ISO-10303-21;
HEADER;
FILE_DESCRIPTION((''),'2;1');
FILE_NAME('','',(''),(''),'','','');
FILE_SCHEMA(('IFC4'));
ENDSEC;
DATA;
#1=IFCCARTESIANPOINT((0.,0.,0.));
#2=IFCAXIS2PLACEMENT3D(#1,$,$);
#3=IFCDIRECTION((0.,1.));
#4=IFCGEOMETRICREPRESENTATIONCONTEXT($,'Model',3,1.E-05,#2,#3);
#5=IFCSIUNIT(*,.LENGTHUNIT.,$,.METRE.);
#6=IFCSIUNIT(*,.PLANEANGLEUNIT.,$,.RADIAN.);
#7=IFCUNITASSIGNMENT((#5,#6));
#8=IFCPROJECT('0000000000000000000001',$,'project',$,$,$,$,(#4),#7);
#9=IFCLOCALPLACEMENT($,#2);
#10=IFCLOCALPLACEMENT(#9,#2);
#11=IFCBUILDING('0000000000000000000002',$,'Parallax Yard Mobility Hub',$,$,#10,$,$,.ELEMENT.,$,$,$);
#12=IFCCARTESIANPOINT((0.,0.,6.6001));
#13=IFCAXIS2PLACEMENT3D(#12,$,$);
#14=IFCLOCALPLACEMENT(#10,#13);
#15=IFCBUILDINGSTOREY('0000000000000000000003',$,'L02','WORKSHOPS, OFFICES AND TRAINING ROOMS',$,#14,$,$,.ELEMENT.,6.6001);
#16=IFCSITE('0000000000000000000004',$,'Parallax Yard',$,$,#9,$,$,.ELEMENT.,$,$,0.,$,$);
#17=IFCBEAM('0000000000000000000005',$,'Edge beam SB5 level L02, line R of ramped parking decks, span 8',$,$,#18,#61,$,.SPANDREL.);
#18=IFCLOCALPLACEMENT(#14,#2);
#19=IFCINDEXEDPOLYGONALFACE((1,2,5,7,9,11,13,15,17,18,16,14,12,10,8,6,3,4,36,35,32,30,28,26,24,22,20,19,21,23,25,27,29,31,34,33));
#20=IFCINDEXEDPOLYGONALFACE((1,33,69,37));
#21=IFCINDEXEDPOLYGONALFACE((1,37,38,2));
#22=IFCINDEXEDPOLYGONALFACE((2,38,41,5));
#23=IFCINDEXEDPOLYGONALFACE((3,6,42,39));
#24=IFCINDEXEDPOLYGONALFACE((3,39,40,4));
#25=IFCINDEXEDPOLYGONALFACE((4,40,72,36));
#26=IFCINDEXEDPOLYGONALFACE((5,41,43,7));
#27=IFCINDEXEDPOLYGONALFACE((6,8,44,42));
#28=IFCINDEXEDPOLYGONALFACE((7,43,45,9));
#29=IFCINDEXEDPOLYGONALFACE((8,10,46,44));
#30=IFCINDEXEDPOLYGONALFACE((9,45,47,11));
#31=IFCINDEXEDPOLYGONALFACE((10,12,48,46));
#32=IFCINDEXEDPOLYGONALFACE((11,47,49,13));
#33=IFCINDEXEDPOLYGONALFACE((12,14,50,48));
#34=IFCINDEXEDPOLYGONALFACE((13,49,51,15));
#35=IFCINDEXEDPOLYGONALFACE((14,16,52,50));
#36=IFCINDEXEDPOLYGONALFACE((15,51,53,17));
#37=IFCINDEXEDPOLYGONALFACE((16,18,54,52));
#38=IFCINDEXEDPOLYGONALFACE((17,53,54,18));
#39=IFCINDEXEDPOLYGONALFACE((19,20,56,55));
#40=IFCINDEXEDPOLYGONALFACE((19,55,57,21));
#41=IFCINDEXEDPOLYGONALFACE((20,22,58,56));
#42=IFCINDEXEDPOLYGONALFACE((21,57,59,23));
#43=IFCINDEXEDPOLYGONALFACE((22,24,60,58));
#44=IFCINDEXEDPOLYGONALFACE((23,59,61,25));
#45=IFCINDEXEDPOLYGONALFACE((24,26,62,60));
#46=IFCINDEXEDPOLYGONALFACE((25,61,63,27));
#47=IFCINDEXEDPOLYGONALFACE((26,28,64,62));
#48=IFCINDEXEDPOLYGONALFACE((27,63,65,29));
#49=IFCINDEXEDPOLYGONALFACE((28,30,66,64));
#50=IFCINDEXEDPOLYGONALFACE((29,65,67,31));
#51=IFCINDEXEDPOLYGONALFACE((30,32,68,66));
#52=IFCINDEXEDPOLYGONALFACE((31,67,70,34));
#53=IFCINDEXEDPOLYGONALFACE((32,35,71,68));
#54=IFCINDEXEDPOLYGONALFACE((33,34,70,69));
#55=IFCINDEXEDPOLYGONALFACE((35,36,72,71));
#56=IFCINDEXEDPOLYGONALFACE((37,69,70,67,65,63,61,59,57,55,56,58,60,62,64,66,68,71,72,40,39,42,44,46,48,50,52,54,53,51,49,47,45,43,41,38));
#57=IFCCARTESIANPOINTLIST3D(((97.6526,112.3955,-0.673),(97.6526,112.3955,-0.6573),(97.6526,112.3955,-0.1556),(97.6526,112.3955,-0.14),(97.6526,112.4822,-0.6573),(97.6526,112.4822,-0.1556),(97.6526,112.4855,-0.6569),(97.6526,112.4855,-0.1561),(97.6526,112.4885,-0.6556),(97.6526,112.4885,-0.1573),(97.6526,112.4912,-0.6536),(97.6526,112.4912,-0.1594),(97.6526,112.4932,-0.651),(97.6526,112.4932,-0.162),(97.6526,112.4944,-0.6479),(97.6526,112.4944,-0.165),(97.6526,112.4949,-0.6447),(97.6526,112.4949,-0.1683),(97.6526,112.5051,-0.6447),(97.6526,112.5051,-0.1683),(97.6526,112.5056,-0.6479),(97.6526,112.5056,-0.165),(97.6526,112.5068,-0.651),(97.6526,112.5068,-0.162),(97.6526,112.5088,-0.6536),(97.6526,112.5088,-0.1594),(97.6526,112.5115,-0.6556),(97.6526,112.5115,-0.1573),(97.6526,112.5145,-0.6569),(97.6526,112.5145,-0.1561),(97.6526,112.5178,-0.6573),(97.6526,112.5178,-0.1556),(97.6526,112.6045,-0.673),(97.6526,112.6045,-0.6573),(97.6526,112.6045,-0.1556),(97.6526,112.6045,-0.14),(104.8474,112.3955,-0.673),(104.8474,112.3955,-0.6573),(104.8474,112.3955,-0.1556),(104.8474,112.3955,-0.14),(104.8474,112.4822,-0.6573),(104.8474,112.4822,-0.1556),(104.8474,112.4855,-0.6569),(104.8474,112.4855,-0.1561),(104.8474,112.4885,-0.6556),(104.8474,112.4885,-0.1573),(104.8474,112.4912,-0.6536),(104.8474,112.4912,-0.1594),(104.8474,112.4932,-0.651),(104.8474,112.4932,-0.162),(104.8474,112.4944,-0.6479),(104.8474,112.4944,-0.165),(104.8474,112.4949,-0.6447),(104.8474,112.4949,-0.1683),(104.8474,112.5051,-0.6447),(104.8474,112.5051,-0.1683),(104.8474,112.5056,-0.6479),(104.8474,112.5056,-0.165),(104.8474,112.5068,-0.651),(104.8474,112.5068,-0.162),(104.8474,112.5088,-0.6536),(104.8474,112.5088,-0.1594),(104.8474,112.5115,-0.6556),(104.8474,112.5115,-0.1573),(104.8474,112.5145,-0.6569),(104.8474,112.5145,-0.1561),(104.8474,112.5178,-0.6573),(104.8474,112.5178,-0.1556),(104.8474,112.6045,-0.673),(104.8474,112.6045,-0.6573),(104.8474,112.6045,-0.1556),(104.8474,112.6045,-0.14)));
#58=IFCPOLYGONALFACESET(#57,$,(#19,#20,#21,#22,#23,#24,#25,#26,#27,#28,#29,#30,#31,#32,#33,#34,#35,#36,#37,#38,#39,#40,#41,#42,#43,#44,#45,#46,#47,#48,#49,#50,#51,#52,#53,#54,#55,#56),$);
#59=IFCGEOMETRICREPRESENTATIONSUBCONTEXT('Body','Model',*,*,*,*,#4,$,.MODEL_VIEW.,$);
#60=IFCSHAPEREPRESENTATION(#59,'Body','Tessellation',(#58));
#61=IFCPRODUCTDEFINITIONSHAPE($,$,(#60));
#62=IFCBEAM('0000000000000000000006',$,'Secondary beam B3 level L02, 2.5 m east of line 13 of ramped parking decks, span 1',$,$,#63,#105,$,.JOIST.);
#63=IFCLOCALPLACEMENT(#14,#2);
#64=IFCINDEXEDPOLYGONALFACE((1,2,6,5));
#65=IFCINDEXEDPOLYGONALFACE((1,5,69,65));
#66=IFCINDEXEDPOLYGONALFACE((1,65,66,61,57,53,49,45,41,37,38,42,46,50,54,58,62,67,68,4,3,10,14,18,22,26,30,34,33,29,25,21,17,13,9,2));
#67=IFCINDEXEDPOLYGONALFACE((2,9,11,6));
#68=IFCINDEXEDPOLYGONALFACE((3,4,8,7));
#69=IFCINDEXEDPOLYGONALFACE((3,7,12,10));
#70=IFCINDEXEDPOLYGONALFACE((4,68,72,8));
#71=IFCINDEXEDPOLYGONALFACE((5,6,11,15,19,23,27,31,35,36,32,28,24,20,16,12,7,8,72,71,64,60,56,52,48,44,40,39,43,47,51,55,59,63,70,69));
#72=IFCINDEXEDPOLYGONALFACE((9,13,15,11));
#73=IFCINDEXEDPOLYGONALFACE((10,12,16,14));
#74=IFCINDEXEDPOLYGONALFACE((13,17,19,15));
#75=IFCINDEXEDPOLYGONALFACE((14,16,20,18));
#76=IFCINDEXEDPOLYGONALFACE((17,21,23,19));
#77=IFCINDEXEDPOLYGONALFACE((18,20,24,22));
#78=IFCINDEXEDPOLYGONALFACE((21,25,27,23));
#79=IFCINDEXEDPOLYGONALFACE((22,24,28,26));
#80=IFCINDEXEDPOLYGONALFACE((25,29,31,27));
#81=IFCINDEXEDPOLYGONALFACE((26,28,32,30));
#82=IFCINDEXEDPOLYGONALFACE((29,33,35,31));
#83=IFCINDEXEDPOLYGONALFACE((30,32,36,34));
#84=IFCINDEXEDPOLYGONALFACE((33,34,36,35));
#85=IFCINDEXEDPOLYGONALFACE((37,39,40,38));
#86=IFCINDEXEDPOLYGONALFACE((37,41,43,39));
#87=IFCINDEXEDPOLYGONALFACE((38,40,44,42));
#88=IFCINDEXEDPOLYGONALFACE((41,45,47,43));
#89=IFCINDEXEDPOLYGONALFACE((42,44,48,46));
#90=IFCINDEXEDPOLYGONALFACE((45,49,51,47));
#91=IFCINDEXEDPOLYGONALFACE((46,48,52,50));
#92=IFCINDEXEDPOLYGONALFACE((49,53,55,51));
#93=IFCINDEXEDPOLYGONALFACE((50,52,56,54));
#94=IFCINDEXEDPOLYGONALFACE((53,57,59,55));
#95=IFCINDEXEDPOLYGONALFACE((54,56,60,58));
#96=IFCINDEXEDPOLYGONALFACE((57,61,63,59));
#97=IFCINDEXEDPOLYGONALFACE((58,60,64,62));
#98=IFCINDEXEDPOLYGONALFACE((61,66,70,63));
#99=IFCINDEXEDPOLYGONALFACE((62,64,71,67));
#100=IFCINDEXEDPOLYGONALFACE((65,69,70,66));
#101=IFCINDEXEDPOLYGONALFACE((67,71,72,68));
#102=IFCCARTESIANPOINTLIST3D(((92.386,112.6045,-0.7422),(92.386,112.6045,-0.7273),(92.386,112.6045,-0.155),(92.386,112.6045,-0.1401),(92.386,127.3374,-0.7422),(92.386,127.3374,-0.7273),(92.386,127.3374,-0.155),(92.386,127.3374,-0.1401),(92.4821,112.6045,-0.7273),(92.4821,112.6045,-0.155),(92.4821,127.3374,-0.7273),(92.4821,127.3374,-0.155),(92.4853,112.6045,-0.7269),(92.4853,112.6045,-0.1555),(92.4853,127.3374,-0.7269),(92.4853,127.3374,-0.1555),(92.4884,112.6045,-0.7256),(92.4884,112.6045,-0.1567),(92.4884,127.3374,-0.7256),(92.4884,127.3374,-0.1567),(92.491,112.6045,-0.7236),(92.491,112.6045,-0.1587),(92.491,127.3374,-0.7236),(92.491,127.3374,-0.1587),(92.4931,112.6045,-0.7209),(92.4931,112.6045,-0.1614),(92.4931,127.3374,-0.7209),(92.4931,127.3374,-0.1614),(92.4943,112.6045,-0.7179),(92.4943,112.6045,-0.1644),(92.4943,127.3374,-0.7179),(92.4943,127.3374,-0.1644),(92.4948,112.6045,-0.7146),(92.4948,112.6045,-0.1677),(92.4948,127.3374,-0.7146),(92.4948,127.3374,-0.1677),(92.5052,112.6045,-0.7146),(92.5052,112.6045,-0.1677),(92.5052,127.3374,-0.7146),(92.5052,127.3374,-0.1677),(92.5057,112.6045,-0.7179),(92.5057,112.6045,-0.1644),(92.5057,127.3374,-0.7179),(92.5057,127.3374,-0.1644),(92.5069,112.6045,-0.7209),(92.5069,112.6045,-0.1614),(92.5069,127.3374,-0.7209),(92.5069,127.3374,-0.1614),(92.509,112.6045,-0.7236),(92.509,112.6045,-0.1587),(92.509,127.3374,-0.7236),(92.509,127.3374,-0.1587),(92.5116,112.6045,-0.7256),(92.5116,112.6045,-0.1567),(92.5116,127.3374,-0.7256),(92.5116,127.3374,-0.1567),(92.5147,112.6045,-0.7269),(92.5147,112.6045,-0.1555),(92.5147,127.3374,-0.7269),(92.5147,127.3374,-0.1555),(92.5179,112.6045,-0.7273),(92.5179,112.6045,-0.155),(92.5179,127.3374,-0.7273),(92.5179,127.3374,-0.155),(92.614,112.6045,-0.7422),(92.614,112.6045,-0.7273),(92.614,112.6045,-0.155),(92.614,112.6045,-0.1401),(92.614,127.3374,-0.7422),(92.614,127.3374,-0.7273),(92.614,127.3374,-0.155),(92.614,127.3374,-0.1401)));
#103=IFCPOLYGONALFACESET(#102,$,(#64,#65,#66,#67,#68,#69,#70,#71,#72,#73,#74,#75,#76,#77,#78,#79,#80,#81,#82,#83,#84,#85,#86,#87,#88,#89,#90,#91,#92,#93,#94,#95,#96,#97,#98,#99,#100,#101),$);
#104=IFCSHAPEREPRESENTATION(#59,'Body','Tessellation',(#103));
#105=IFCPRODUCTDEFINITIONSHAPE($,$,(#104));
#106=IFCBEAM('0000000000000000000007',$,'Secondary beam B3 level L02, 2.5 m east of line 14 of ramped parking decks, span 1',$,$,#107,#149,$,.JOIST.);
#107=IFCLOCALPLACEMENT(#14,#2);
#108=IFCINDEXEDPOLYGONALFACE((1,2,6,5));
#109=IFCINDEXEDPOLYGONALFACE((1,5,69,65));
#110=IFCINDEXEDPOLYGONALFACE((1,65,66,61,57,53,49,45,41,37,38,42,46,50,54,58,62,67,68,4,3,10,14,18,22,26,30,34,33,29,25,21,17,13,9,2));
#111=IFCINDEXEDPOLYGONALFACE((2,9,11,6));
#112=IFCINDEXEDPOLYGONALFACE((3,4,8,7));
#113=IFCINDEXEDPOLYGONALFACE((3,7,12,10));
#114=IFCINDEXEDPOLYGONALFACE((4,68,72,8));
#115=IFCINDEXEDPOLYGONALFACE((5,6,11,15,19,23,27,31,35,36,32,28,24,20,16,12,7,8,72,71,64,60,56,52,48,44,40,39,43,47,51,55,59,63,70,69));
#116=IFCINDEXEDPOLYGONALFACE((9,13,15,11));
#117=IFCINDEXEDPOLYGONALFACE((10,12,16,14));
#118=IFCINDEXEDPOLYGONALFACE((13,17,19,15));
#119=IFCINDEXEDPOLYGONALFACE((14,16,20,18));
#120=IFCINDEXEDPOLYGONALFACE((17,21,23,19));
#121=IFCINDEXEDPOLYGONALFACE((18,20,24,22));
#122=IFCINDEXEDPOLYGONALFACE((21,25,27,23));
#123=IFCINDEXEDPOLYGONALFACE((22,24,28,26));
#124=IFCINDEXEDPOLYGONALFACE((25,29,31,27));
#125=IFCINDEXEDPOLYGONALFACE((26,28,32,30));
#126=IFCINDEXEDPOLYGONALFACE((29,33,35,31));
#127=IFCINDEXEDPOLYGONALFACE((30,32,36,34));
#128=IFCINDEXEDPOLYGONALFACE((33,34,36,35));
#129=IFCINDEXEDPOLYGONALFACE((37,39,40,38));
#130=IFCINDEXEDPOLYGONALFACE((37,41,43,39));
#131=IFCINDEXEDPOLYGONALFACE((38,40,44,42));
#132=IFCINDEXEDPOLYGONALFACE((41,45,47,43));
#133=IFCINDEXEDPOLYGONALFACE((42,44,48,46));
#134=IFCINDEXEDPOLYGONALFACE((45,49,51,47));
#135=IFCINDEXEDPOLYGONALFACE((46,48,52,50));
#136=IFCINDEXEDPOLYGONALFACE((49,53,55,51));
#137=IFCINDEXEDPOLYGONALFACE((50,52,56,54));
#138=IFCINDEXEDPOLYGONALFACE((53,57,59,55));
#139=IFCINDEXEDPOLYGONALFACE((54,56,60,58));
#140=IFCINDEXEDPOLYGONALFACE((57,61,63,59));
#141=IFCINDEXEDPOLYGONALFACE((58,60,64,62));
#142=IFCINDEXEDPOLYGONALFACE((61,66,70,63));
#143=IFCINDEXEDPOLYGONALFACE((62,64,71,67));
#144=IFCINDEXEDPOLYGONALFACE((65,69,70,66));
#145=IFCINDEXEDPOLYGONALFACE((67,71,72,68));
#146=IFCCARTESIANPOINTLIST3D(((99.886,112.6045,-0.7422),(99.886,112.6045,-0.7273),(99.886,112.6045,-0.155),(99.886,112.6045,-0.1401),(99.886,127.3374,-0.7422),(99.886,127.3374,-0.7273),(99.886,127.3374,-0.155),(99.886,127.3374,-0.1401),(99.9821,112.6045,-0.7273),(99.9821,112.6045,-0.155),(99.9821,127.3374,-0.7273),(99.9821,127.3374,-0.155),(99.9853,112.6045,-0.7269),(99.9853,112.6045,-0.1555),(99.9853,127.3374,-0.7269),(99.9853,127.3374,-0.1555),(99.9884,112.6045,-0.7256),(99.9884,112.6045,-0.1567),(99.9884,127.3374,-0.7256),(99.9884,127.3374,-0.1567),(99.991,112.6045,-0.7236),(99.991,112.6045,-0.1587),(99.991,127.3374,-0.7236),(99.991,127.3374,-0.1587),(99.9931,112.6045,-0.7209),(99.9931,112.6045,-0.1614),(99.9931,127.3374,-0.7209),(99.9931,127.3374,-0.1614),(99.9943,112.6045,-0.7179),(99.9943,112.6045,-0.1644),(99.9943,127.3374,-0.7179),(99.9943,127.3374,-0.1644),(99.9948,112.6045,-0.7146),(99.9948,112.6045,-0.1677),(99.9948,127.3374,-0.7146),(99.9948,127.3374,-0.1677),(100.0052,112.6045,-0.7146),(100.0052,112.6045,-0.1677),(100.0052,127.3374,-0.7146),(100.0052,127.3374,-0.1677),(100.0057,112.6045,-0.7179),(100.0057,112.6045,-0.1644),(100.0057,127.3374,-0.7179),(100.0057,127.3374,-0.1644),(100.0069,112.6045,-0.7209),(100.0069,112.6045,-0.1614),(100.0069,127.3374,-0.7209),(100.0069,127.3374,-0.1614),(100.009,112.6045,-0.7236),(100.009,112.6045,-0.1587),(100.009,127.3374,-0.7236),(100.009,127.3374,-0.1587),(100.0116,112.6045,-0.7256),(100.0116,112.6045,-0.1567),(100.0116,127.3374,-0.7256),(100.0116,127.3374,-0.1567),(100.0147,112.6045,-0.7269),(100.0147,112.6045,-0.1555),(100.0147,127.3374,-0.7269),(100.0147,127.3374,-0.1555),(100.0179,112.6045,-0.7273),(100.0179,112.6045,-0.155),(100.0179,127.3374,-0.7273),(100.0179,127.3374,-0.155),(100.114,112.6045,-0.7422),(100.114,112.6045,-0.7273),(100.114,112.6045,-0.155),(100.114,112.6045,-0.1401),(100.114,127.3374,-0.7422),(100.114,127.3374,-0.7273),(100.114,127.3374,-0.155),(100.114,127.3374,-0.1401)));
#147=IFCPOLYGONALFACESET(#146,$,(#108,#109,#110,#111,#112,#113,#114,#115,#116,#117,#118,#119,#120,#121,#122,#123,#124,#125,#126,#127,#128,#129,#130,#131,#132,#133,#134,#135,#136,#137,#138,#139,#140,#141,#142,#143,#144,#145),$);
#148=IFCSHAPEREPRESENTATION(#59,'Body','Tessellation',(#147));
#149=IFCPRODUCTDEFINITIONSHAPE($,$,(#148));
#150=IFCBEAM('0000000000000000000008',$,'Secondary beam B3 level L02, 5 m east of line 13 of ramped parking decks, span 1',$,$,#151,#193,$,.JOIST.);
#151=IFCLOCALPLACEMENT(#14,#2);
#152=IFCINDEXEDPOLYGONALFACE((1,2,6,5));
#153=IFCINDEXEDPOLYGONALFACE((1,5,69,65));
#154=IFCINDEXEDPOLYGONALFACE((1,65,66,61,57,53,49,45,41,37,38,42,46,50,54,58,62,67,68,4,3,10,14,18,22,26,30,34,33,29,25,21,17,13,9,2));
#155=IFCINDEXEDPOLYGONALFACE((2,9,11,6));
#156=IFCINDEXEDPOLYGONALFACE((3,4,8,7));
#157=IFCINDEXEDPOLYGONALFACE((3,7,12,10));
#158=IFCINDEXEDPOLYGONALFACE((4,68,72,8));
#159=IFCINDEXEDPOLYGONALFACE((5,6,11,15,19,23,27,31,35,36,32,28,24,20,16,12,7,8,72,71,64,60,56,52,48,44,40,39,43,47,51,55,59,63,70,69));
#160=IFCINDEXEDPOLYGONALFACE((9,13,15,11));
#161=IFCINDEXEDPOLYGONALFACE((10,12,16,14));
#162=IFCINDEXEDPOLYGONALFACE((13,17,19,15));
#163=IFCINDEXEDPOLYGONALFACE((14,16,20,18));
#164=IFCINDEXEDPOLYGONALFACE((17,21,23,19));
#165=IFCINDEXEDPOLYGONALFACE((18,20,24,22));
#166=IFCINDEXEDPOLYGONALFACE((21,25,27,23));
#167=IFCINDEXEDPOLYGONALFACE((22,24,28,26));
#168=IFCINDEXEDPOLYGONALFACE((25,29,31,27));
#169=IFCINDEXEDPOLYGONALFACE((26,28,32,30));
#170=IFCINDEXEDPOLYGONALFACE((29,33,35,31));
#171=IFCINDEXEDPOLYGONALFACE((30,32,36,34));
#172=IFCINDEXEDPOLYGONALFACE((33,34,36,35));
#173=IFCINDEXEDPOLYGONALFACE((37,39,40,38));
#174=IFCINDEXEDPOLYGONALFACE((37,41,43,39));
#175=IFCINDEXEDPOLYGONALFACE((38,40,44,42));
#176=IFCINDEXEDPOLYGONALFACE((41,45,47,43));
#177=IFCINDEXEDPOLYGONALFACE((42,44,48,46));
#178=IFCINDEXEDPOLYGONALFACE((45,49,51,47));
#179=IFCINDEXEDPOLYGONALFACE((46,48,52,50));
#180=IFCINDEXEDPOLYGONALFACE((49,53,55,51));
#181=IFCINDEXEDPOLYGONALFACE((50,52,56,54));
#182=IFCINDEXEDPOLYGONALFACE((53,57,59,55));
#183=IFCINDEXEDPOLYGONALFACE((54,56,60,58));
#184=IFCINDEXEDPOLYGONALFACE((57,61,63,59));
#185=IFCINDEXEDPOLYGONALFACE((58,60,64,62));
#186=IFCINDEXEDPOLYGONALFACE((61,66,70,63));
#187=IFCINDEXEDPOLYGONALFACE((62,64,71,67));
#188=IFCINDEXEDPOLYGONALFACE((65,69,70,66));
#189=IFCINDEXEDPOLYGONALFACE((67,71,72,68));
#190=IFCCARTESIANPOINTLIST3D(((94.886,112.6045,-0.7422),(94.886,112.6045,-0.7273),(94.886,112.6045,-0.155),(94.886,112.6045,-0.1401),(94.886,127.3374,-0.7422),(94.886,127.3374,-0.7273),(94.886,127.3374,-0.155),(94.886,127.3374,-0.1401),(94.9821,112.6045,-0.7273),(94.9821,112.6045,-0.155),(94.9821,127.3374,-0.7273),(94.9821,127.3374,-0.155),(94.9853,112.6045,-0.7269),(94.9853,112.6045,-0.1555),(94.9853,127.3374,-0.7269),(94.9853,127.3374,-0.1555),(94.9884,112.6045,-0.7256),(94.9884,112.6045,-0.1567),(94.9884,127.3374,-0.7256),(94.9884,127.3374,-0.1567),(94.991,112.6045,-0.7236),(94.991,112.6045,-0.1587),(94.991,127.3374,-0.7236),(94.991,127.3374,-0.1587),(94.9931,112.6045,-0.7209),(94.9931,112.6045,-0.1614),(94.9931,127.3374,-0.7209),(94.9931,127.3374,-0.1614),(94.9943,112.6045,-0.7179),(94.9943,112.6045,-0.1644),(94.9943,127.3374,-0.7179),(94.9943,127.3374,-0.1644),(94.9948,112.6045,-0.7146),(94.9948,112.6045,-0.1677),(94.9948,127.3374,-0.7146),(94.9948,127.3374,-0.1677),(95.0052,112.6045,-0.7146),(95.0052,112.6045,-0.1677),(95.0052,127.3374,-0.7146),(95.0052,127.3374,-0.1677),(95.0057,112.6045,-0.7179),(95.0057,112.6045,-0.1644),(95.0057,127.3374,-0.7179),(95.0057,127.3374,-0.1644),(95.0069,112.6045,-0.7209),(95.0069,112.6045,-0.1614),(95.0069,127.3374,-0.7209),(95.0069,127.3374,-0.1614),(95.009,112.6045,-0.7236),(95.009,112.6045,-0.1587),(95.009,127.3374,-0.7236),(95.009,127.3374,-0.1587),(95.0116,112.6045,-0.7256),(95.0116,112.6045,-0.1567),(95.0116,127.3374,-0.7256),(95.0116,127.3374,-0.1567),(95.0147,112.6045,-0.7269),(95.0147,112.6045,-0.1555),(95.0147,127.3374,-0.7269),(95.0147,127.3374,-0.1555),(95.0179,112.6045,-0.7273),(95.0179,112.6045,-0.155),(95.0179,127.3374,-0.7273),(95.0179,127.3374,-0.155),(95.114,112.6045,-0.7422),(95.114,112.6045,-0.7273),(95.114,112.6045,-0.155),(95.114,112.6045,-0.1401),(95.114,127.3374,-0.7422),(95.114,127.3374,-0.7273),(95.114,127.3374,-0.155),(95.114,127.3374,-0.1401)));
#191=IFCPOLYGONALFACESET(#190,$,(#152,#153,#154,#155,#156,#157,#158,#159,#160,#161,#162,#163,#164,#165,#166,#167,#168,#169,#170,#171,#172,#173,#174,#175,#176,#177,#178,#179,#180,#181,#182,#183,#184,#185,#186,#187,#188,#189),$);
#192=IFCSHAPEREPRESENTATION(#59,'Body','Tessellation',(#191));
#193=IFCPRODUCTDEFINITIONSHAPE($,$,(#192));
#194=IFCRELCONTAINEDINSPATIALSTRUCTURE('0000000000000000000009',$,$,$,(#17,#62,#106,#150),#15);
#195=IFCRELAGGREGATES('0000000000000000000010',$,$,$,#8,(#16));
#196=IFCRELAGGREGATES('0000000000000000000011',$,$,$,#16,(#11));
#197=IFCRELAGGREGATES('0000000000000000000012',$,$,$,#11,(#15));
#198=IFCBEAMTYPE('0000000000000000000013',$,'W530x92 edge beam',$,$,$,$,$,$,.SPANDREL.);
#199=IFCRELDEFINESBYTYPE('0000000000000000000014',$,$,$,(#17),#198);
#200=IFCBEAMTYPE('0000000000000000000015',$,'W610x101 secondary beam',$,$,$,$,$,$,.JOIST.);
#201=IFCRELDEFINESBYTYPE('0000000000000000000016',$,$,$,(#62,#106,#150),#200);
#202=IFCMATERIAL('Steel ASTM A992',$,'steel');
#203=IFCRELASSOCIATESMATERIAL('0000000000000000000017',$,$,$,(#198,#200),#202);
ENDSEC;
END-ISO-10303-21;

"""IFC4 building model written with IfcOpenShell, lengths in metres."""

from ifc_helpers import new_model, si_unit, direction, frame, origin, origin_2d, place, context, subcontext, project, spatial, i_section, extrude, material, material_profile, profile_set, type_object, element, save


model = new_model("IFC4")

# Units and contexts
model_context = context("Model", 3, precision=1e-05, world=origin(), true_north=direction((0.0, 1.0)))
body_context = subcontext(model_context, "Body", "Model", "MODEL_VIEW")
ifc_project = project(units=[si_unit("LENGTHUNIT", "METRE"), si_unit("PLANEANGLEUNIT", "RADIAN")], contexts=[model_context])

# Site, building, storey
site_placement = place(None, origin())
site = spatial("IfcSite", under=ifc_project, at=site_placement, Name="Parallax Yard", CompositionType="ELEMENT", RefElevation=0.0)
building_placement = place(site_placement, origin())
building = spatial("IfcBuilding", under=site, at=building_placement, Name="Parallax Yard Mobility Hub", CompositionType="ELEMENT")
storey_placement = place(building_placement, frame((0.0, 0.0, 6.6001)))
storey = spatial("IfcBuildingStorey", under=building, at=storey_placement, Name="L02", Description="WORKSHOPS, OFFICES AND TRAINING ROOMS", CompositionType="ELEMENT", Elevation=6.6001)

# Shared definitions
ifc_material_1 = material(Name="Steel ASTM A992", Category="steel")

# Beams
ifc_material_profile_1 = material_profile(ifc_material_1, i_section(OverallWidth=0.209, OverallDepth=0.533, WebThickness=0.0103, FlangeThickness=0.0156, FilletRadius=0.0127, at=origin_2d()), Name="W530x92")
ifc_profile_set_1 = profile_set([ifc_material_profile_1], Name="Steel ASTM A992")
beam_type_1 = type_object("IfcBeamType", Name="W530x92 edge beam", PredefinedType="SPANDREL", material=ifc_profile_set_1)
beam_1_placement = place(storey_placement, frame((97.6526, 112.5, -0.4065), z_axis=(1.0, 0.0, 0.0), x_axis=(0.0, 1.0, 0.0)))
element("IfcBeam", 1, at=beam_1_placement, inside=storey, type_object=beam_type_1, Name="Edge beam SB5 level L02, line R of ramped parking decks, span 8", PredefinedType="SPANDREL", context=body_context, shape_type="SweptSolid", body=[
    extrude(i_section(OverallWidth=0.209, OverallDepth=0.533, WebThickness=0.0103, FlangeThickness=0.0156, FilletRadius=0.0127, at=origin_2d()), origin(), (0.0, 0.0, 1.0), 7.1948),
])
ifc_material_profile_2 = material_profile(ifc_material_1, i_section(OverallWidth=0.228, OverallDepth=0.6021, WebThickness=0.0105, FlangeThickness=0.0149, FilletRadius=0.0127, at=origin_2d()), Name="W610x101")
ifc_profile_set_2 = profile_set([ifc_material_profile_2], Name="Steel ASTM A992")
beam_type_2 = type_object("IfcBeamType", Name="W610x101 secondary beam", PredefinedType="JOIST", material=ifc_profile_set_2)
for number, where, z_axis, x_axis, name in (
    (2, (92.5, 112.6045, -0.4412), (0.0, 1.0, 0.0), (-1.0, 0.0, 0.0), "Secondary beam B3 level L02, 2.5 m east of line 13 of ramped parking decks, span 1"),
    (3, (100.0, 112.6045, -0.4412), (0.0, 1.0, 0.0), (-1.0, 0.0, 0.0), "Secondary beam B3 level L02, 2.5 m east of line 14 of ramped parking decks, span 1"),
    (4, (95.0, 112.6045, -0.4412), (0.0, 1.0, 0.0), (-1.0, 0.0, 0.0), "Secondary beam B3 level L02, 5 m east of line 13 of ramped parking decks, span 1"),
):
    element("IfcBeam", number, at=place(storey_placement, frame(where, z_axis=z_axis, x_axis=x_axis)), inside=storey, type_object=beam_type_2, Name=name, PredefinedType="JOIST", context=body_context, shape_type="SweptSolid", body=[
        extrude(i_section(OverallWidth=0.228, OverallDepth=0.6021, WebThickness=0.0105, FlangeThickness=0.0149, FilletRadius=0.0127, at=origin_2d()), origin(), (0.0, 0.0, 1.0), 14.7329),
    ])

save(model, "model.ifc")
